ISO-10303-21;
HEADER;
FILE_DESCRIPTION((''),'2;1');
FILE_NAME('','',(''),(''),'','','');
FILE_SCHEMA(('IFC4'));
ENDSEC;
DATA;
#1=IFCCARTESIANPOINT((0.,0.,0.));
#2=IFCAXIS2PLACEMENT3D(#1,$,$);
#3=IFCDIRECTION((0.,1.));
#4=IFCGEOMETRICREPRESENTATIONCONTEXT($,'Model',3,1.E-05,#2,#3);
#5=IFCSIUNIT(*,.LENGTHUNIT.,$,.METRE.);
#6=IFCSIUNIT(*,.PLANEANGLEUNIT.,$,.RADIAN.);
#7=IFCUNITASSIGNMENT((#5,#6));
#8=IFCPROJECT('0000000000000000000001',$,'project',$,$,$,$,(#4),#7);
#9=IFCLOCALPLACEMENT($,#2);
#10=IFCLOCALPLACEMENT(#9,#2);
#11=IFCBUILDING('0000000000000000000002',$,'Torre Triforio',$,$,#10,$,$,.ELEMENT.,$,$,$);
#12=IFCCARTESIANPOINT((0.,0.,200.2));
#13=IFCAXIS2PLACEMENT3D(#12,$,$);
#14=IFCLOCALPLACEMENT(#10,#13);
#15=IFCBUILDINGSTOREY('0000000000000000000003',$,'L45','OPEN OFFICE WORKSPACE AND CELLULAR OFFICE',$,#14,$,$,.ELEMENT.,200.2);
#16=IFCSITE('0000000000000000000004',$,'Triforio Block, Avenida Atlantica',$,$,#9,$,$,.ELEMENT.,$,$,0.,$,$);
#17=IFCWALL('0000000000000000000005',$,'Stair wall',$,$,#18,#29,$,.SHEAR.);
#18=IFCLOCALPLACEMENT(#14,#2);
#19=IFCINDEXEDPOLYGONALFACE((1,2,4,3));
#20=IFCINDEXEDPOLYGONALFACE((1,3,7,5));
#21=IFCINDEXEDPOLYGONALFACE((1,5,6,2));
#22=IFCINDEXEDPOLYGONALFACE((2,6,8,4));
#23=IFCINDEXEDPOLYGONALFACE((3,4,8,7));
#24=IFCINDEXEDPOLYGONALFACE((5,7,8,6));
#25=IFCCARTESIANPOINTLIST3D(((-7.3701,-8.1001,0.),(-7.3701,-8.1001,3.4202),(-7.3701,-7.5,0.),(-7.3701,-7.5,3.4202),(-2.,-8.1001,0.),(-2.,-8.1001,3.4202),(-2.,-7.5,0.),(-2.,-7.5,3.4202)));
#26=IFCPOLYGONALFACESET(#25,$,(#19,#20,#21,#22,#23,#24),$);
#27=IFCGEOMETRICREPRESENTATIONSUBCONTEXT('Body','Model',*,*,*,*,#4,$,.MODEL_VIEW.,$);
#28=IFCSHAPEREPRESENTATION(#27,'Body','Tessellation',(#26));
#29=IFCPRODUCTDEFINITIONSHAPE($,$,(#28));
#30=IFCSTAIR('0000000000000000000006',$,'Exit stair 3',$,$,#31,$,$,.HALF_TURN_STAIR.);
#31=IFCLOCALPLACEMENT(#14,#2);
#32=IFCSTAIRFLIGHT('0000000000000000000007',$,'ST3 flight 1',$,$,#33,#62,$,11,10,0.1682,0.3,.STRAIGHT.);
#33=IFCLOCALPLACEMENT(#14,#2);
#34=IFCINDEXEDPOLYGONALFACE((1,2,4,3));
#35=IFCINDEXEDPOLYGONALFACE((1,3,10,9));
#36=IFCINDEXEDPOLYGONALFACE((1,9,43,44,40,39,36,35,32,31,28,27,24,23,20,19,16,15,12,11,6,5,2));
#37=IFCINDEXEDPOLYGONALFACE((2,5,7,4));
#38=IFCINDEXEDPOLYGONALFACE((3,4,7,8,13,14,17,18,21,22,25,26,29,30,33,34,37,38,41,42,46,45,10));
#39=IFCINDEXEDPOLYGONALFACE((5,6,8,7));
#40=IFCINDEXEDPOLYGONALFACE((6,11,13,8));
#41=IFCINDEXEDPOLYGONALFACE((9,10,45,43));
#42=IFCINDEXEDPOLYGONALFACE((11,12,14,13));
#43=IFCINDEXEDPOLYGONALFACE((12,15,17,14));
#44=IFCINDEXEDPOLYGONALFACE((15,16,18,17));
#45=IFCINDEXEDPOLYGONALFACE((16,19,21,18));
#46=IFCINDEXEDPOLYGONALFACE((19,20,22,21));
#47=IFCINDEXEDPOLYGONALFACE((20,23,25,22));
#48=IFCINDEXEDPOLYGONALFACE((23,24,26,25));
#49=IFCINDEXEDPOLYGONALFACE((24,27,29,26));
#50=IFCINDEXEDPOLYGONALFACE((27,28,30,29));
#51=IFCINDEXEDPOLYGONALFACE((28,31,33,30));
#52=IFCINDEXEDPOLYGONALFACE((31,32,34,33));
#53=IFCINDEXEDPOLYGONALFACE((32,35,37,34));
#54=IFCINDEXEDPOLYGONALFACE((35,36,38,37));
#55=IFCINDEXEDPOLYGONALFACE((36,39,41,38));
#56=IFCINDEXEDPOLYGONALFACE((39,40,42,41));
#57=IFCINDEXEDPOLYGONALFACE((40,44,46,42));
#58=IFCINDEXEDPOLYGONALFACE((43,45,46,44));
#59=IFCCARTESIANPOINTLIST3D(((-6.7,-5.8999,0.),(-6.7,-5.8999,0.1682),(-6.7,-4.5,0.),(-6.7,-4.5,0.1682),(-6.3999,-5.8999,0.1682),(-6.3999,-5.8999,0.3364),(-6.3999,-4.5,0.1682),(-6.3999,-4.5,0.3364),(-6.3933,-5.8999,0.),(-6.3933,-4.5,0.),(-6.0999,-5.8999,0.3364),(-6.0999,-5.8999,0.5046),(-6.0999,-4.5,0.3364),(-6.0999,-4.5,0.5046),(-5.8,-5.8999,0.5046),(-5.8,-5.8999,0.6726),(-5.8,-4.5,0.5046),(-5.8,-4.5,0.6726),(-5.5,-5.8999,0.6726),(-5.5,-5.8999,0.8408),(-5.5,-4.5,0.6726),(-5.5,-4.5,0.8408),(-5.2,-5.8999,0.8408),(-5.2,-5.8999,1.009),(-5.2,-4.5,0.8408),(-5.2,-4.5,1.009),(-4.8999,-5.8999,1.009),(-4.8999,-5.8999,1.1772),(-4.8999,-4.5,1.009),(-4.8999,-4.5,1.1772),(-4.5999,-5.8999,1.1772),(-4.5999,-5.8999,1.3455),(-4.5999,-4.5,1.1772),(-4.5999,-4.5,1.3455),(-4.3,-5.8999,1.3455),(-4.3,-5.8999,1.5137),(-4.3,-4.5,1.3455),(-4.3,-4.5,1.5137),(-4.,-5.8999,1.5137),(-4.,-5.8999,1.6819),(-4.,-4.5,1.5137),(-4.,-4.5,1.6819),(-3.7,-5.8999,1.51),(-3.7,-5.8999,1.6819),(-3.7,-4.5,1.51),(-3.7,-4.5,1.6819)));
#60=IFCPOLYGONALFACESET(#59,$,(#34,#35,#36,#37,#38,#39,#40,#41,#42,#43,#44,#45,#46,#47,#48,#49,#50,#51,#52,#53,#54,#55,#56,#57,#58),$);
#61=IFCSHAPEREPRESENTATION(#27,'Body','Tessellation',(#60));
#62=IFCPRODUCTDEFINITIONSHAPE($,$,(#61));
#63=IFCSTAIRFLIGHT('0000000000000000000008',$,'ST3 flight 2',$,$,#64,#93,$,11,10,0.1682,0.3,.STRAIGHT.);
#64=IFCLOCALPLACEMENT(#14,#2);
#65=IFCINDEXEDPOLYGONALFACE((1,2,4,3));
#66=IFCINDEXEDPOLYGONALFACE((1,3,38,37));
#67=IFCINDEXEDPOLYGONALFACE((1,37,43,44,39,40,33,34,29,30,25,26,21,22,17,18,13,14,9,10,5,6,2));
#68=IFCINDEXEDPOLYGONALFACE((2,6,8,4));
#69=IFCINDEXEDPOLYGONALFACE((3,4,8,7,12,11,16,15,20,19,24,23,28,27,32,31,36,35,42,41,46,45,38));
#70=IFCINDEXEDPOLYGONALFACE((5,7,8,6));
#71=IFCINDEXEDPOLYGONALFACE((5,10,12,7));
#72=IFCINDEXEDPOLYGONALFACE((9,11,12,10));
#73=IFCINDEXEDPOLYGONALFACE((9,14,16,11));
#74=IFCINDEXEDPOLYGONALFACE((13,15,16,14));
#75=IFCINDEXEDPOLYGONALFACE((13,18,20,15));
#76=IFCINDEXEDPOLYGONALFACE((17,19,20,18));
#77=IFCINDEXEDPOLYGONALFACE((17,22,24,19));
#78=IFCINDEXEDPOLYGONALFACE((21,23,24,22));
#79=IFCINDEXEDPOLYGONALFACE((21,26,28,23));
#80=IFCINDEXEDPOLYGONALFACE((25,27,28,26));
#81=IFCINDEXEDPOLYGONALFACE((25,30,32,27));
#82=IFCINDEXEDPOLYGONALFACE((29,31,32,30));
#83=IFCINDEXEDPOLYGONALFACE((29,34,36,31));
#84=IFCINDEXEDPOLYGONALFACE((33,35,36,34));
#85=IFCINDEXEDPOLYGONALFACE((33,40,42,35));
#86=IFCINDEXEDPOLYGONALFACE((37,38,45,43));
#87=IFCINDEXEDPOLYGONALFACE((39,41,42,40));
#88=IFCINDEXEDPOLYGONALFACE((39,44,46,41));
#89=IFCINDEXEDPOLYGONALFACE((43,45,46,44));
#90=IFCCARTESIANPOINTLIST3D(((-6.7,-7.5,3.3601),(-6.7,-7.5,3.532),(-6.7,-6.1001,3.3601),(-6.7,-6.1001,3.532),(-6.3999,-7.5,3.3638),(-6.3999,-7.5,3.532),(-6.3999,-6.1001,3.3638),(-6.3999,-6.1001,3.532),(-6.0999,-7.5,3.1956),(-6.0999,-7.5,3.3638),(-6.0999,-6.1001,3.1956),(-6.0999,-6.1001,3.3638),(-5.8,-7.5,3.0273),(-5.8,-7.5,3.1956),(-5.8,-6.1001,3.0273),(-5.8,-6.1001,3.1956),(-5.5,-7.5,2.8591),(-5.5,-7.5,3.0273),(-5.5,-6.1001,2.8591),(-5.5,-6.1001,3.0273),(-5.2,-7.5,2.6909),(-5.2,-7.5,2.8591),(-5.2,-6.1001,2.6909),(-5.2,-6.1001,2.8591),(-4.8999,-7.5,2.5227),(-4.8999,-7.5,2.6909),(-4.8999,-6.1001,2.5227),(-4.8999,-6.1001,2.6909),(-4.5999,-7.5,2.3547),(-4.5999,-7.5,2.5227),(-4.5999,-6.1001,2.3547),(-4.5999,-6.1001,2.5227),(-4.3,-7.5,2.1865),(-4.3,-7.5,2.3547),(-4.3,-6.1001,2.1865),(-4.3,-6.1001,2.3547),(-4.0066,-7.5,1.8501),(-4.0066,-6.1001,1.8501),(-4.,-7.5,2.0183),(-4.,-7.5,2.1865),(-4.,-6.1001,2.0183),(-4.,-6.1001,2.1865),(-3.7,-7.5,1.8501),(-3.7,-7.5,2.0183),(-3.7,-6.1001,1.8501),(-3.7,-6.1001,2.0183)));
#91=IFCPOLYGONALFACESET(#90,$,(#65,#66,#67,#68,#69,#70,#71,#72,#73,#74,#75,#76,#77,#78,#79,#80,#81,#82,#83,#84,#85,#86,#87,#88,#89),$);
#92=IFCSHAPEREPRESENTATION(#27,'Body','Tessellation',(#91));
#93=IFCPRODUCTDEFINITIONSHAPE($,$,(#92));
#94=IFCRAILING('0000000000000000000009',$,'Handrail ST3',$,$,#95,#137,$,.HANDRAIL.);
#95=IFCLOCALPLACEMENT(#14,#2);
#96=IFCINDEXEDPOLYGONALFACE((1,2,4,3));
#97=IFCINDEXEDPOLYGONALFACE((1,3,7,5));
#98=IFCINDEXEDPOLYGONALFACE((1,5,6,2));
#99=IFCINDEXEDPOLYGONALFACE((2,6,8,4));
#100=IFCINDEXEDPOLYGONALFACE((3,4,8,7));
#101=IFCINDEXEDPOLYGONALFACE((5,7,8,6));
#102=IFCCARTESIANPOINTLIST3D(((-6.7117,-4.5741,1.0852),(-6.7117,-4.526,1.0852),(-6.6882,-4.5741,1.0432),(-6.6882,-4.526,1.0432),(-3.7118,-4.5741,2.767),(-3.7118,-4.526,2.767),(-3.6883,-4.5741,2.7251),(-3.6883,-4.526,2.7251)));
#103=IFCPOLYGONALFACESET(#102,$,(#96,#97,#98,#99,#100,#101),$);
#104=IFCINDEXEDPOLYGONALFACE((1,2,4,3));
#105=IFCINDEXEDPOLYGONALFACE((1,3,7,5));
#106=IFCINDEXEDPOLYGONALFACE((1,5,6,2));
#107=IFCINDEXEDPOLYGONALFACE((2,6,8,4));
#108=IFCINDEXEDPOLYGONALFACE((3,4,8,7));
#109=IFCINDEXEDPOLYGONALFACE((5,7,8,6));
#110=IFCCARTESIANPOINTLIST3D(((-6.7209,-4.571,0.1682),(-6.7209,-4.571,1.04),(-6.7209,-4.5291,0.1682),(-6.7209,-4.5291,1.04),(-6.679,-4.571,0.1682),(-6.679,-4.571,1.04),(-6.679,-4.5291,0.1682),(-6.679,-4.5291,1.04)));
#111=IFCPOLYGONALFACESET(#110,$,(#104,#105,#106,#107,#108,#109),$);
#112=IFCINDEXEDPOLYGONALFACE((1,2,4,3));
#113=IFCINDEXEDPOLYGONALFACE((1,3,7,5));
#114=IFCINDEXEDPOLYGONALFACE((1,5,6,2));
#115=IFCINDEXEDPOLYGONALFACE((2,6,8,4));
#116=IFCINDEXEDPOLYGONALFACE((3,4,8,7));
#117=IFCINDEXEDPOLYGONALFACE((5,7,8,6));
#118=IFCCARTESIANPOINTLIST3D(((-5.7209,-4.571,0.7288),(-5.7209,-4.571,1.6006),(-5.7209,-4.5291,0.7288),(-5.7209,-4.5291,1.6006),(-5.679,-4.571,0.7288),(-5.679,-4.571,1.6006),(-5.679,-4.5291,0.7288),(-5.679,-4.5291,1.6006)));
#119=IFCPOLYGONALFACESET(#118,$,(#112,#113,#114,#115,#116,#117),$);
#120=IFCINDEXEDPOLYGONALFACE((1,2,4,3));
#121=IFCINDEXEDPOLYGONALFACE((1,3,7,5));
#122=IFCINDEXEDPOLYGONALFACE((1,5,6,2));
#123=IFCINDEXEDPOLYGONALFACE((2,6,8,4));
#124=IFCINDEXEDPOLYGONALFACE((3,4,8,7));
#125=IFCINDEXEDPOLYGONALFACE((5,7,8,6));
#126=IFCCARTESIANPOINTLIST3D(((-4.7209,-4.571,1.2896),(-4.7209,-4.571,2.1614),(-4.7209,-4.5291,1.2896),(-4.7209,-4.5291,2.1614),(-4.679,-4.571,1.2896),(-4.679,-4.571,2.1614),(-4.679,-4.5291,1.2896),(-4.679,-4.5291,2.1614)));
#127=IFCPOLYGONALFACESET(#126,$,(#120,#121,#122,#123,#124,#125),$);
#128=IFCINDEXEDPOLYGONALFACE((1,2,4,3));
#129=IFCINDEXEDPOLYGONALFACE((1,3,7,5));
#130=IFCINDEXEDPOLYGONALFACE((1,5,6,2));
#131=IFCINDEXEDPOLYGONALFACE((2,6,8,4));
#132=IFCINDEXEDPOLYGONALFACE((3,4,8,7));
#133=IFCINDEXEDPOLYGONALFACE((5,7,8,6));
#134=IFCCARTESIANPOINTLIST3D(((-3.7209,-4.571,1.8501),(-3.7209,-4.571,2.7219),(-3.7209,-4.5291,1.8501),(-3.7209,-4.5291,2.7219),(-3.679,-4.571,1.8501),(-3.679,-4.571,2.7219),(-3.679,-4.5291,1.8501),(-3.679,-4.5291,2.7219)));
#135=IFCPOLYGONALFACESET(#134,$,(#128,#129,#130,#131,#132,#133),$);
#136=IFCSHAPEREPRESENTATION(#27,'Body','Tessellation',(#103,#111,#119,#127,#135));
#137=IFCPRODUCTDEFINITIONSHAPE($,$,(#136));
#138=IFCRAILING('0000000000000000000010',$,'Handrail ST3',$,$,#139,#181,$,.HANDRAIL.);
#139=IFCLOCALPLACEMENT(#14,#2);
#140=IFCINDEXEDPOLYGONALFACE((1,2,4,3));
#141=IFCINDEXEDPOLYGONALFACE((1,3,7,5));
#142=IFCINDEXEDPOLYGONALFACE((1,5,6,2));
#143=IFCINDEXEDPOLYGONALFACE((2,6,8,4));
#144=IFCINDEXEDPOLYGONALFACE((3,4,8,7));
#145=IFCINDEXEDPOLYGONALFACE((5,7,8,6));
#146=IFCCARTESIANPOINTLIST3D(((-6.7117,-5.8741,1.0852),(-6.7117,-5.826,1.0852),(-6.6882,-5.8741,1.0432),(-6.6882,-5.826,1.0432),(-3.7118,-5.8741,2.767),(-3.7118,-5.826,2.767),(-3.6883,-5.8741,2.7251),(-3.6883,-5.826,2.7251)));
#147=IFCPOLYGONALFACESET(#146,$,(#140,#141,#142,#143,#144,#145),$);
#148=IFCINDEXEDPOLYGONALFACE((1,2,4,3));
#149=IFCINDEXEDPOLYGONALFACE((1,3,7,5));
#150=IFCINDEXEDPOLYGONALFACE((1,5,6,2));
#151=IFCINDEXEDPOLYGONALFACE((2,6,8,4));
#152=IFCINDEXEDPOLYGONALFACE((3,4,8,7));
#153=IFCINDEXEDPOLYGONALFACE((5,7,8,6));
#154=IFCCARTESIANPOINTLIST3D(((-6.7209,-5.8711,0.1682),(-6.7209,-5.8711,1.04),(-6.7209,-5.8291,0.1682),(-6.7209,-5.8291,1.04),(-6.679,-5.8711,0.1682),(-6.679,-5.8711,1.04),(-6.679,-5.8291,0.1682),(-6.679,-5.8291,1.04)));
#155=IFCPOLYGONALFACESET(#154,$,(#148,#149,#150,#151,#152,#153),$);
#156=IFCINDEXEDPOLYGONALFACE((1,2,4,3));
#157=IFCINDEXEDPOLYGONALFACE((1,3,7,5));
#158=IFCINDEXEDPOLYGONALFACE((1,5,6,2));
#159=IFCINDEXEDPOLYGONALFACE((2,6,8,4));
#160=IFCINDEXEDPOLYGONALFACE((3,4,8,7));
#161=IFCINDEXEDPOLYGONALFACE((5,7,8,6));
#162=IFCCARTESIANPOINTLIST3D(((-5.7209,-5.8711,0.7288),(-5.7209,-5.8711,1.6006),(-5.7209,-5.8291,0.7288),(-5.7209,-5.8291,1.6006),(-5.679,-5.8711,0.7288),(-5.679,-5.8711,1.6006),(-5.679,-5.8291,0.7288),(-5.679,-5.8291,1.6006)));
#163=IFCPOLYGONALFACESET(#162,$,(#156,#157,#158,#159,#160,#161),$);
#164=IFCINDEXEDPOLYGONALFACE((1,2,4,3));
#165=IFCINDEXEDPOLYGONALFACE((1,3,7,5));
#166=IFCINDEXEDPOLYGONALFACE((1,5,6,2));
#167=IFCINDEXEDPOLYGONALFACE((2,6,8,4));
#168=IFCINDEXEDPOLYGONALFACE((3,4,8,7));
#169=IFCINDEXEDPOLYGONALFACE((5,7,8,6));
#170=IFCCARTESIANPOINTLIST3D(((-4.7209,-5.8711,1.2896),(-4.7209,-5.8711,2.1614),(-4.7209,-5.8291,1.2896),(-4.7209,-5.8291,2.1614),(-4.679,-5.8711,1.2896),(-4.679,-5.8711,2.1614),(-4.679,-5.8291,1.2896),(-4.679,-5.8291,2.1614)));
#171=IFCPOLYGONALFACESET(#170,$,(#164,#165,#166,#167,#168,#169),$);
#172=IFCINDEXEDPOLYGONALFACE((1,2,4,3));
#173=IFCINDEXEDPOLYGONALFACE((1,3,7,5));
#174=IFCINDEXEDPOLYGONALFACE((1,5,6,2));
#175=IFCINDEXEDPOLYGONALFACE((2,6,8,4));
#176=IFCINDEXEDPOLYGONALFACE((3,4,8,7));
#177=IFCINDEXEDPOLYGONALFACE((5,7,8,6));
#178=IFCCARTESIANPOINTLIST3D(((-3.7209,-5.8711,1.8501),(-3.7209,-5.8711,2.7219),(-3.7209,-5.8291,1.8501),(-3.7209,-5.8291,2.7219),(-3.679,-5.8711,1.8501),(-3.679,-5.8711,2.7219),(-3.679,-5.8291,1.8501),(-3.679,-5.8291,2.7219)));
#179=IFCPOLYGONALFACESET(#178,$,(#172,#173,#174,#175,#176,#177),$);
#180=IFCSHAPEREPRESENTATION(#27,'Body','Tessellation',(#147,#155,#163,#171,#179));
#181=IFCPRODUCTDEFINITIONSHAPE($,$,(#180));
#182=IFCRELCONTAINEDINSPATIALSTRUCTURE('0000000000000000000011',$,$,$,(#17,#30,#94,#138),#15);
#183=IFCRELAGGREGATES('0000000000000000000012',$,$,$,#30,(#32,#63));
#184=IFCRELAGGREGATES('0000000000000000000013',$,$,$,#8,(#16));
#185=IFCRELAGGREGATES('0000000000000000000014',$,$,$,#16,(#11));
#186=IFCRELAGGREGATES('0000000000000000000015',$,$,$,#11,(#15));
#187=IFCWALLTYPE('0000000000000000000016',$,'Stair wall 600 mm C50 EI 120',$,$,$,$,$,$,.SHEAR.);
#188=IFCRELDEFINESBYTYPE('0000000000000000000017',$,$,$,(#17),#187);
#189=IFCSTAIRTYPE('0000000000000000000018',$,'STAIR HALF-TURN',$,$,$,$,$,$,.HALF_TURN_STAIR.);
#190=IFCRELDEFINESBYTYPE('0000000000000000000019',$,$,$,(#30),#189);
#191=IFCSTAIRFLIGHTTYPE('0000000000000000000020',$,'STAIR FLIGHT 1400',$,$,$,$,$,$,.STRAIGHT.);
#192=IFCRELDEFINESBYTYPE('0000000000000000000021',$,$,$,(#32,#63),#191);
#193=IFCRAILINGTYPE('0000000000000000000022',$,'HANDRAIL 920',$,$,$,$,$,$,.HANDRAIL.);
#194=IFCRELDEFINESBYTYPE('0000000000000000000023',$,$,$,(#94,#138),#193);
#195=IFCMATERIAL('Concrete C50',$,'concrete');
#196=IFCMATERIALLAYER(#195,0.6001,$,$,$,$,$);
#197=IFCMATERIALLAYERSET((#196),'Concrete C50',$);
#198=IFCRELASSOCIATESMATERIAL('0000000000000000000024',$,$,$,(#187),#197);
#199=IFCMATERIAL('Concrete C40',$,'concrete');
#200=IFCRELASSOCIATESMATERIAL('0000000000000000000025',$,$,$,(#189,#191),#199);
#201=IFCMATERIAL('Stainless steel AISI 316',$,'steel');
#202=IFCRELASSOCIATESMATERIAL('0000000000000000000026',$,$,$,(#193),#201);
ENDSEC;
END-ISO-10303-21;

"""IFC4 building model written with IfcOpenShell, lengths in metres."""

from ifc_helpers import new_model, si_unit, direction, frame, frame_2d, origin, origin_2d, place, context, subcontext, project, spatial, polyline, rectangle, outline, extrude, material, layer, layer_set, type_object, element, aggregate, save


model = new_model("IFC4")

# Units and contexts
model_context = context("Model", 3, precision=1e-05, world=origin(), true_north=direction((0.0, 1.0)))
body_context = subcontext(model_context, "Body", "Model", "MODEL_VIEW")
ifc_project = project(units=[si_unit("LENGTHUNIT", "METRE"), si_unit("PLANEANGLEUNIT", "RADIAN")], contexts=[model_context])

# Site, building, storey
site_placement = place(None, origin())
site = spatial("IfcSite", under=ifc_project, at=site_placement, Name="Triforio Block, Avenida Atlantica", CompositionType="ELEMENT", RefElevation=0.0)
building_placement = place(site_placement, origin())
building = spatial("IfcBuilding", under=site, at=building_placement, Name="Torre Triforio", CompositionType="ELEMENT")
storey_placement = place(building_placement, frame((0.0, 0.0, 200.2)))
storey = spatial("IfcBuildingStorey", under=building, at=storey_placement, Name="L45", Description="OPEN OFFICE WORKSPACE AND CELLULAR OFFICE", CompositionType="ELEMENT", Elevation=200.2)

# Shared definitions
ifc_material_1 = material(Name="Concrete C40", Category="concrete")

# Shared definitions
ifc_material_2 = material(Name="Concrete C50", Category="concrete")

# Wall
ifc_layer_1 = layer(ifc_material_2, 0.6001)
ifc_layer_set_1 = layer_set([ifc_layer_1], Name="Concrete C50")
wall_type_1 = type_object("IfcWallType", Name="Stair wall 600 mm C50 EI 120", PredefinedType="SHEAR", material=ifc_layer_set_1)
wall_1_placement = place(storey_placement, frame((-7.3701, -7.8, 0.0), z_axis=(0.0, 0.0, 1.0), x_axis=(1.0, 0.0, 0.0)))
element("IfcWall", 1, at=wall_1_placement, inside=storey, type_object=wall_type_1, Name="Stair wall", PredefinedType="SHEAR", context=body_context, shape_type="SweptSolid", body=[
    extrude(rectangle(XDim=5.3701, YDim=0.6001, at=frame_2d((2.6851, 0.0))), origin(), (0.0, 0.0, 1.0), 3.4202),
])

# Stair, stair flights
stair_type = type_object("IfcStairType", Name="STAIR HALF-TURN", PredefinedType="HALF_TURN_STAIR", material=ifc_material_1)
stair_placement = place(storey_placement, origin())
stair = element("IfcStair", 2, at=stair_placement, inside=storey, type_object=stair_type, Name="Exit stair 3", PredefinedType="HALF_TURN_STAIR")
stair_flight_type = type_object("IfcStairFlightType", Name="STAIR FLIGHT 1400", PredefinedType="STRAIGHT", material=ifc_material_1)
stair_flight_1_placement = place(storey_placement, frame((-6.7, -5.2, 0.0), z_axis=(0.0, 0.0, 1.0), x_axis=(1.0, 0.0, 0.0)))
stair_flight_1 = element("IfcStairFlight", 3, at=stair_flight_1_placement, type_object=stair_flight_type, Name="ST3 flight 1", NumberOfRisers=11, NumberOfTreads=10, PredefinedType="STRAIGHT", RiserHeight=0.1682, TreadLength=0.3, context=body_context, shape_type="SweptSolid", body=[
    extrude(outline(polyline([(0.0, 0.0), (0.0, 0.1682), (0.3, 0.1682), (0.3, 0.3364), (0.6001, 0.3364), (0.6001, 0.5046), (0.8999, 0.5046), (0.8999, 0.6726), (1.2, 0.6726), (1.2, 0.8408), (1.5, 0.8408), (1.5, 1.009), (1.8, 1.009), (1.8, 1.1772), (2.1001, 1.1772), (2.1001, 1.3455), (2.3999, 1.3455), (2.3999, 1.5137), (2.7, 1.5137), (2.7, 1.6819), (3.0, 1.6819), (3.0, 1.8501), (3.0, 1.51), (0.3066, 0.0), (0.0, 0.0)])), frame((0.0, 0.7, 0.0), z_axis=(0.0, -1.0, 0.0), x_axis=(1.0, 0.0, 0.0)), (0.0, 0.0, 1.0), 1.3999),
])
stair_flight_2_placement = place(storey_placement, frame((-3.7, -6.8, 1.8501), z_axis=(0.0, 0.0, 1.0), x_axis=(-1.0, 0.0, 0.0)))
stair_flight_2 = element("IfcStairFlight", 4, at=stair_flight_2_placement, type_object=stair_flight_type, Name="ST3 flight 2", NumberOfRisers=11, NumberOfTreads=10, PredefinedType="STRAIGHT", RiserHeight=0.1682, TreadLength=0.3, context=body_context, shape_type="SweptSolid", body=[
    extrude(outline(polyline([(0.0, 0.0), (0.0, 0.1682), (0.3, 0.1682), (0.3, 0.3364), (0.6001, 0.3364), (0.6001, 0.5046), (0.8999, 0.5046), (0.8999, 0.6726), (1.2, 0.6726), (1.2, 0.8408), (1.5, 0.8408), (1.5, 1.009), (1.8, 1.009), (1.8, 1.1772), (2.1001, 1.1772), (2.1001, 1.3455), (2.3999, 1.3455), (2.3999, 1.5137), (2.7, 1.5137), (2.7, 1.6819), (3.0, 1.6819), (3.0, 1.8501), (3.0, 1.51), (0.3066, 0.0), (0.0, 0.0)])), frame((0.0, 0.7, 0.0), z_axis=(0.0, -1.0, 0.0), x_axis=(1.0, 0.0, 0.0)), (0.0, 0.0, 1.0), 1.3999),
])
aggregate(stair, [stair_flight_1, stair_flight_2])

# Railings
ifc_material_3 = material(Name="Stainless steel AISI 316", Category="steel")
railing_type = type_object("IfcRailingType", Name="HANDRAIL 920", PredefinedType="HANDRAIL", material=ifc_material_3)
for number, where, name in (
    (5, (-6.7, -4.55, 0.1682), "Handrail ST3"),
    (6, (-6.7, -5.8501, 0.1682), "Handrail ST3"),
):
    element("IfcRailing", number, at=place(storey_placement, frame(where)), inside=storey, type_object=railing_type, Name=name, PredefinedType="HANDRAIL", context=body_context, shape_type="SweptSolid", body=[
        extrude(rectangle(XDim=0.0481, YDim=0.0481, at=origin_2d()), frame((0.0, 0.0, 0.896), z_axis=(0.872272, 0.0, 0.48902), x_axis=(0.0, 1.0, 0.0)), (0.0, 0.0, 1.0), 3.4392),
        extrude(rectangle(XDim=0.042, YDim=0.042, at=origin_2d()), origin(), (0.0, 0.0, 1.0), 0.8718),
        extrude(rectangle(XDim=0.042, YDim=0.042, at=origin_2d()), frame((1.0, 0.0, 0.5605)), (0.0, 0.0, 1.0), 0.8718),
        extrude(rectangle(XDim=0.042, YDim=0.042, at=origin_2d()), frame((2.0, 0.0, 1.1213)), (0.0, 0.0, 1.0), 0.8718),
        extrude(rectangle(XDim=0.042, YDim=0.042, at=origin_2d()), frame((3.0, 0.0, 1.6819)), (0.0, 0.0, 1.0), 0.8718),
    ])

save(model, "model.ifc")
